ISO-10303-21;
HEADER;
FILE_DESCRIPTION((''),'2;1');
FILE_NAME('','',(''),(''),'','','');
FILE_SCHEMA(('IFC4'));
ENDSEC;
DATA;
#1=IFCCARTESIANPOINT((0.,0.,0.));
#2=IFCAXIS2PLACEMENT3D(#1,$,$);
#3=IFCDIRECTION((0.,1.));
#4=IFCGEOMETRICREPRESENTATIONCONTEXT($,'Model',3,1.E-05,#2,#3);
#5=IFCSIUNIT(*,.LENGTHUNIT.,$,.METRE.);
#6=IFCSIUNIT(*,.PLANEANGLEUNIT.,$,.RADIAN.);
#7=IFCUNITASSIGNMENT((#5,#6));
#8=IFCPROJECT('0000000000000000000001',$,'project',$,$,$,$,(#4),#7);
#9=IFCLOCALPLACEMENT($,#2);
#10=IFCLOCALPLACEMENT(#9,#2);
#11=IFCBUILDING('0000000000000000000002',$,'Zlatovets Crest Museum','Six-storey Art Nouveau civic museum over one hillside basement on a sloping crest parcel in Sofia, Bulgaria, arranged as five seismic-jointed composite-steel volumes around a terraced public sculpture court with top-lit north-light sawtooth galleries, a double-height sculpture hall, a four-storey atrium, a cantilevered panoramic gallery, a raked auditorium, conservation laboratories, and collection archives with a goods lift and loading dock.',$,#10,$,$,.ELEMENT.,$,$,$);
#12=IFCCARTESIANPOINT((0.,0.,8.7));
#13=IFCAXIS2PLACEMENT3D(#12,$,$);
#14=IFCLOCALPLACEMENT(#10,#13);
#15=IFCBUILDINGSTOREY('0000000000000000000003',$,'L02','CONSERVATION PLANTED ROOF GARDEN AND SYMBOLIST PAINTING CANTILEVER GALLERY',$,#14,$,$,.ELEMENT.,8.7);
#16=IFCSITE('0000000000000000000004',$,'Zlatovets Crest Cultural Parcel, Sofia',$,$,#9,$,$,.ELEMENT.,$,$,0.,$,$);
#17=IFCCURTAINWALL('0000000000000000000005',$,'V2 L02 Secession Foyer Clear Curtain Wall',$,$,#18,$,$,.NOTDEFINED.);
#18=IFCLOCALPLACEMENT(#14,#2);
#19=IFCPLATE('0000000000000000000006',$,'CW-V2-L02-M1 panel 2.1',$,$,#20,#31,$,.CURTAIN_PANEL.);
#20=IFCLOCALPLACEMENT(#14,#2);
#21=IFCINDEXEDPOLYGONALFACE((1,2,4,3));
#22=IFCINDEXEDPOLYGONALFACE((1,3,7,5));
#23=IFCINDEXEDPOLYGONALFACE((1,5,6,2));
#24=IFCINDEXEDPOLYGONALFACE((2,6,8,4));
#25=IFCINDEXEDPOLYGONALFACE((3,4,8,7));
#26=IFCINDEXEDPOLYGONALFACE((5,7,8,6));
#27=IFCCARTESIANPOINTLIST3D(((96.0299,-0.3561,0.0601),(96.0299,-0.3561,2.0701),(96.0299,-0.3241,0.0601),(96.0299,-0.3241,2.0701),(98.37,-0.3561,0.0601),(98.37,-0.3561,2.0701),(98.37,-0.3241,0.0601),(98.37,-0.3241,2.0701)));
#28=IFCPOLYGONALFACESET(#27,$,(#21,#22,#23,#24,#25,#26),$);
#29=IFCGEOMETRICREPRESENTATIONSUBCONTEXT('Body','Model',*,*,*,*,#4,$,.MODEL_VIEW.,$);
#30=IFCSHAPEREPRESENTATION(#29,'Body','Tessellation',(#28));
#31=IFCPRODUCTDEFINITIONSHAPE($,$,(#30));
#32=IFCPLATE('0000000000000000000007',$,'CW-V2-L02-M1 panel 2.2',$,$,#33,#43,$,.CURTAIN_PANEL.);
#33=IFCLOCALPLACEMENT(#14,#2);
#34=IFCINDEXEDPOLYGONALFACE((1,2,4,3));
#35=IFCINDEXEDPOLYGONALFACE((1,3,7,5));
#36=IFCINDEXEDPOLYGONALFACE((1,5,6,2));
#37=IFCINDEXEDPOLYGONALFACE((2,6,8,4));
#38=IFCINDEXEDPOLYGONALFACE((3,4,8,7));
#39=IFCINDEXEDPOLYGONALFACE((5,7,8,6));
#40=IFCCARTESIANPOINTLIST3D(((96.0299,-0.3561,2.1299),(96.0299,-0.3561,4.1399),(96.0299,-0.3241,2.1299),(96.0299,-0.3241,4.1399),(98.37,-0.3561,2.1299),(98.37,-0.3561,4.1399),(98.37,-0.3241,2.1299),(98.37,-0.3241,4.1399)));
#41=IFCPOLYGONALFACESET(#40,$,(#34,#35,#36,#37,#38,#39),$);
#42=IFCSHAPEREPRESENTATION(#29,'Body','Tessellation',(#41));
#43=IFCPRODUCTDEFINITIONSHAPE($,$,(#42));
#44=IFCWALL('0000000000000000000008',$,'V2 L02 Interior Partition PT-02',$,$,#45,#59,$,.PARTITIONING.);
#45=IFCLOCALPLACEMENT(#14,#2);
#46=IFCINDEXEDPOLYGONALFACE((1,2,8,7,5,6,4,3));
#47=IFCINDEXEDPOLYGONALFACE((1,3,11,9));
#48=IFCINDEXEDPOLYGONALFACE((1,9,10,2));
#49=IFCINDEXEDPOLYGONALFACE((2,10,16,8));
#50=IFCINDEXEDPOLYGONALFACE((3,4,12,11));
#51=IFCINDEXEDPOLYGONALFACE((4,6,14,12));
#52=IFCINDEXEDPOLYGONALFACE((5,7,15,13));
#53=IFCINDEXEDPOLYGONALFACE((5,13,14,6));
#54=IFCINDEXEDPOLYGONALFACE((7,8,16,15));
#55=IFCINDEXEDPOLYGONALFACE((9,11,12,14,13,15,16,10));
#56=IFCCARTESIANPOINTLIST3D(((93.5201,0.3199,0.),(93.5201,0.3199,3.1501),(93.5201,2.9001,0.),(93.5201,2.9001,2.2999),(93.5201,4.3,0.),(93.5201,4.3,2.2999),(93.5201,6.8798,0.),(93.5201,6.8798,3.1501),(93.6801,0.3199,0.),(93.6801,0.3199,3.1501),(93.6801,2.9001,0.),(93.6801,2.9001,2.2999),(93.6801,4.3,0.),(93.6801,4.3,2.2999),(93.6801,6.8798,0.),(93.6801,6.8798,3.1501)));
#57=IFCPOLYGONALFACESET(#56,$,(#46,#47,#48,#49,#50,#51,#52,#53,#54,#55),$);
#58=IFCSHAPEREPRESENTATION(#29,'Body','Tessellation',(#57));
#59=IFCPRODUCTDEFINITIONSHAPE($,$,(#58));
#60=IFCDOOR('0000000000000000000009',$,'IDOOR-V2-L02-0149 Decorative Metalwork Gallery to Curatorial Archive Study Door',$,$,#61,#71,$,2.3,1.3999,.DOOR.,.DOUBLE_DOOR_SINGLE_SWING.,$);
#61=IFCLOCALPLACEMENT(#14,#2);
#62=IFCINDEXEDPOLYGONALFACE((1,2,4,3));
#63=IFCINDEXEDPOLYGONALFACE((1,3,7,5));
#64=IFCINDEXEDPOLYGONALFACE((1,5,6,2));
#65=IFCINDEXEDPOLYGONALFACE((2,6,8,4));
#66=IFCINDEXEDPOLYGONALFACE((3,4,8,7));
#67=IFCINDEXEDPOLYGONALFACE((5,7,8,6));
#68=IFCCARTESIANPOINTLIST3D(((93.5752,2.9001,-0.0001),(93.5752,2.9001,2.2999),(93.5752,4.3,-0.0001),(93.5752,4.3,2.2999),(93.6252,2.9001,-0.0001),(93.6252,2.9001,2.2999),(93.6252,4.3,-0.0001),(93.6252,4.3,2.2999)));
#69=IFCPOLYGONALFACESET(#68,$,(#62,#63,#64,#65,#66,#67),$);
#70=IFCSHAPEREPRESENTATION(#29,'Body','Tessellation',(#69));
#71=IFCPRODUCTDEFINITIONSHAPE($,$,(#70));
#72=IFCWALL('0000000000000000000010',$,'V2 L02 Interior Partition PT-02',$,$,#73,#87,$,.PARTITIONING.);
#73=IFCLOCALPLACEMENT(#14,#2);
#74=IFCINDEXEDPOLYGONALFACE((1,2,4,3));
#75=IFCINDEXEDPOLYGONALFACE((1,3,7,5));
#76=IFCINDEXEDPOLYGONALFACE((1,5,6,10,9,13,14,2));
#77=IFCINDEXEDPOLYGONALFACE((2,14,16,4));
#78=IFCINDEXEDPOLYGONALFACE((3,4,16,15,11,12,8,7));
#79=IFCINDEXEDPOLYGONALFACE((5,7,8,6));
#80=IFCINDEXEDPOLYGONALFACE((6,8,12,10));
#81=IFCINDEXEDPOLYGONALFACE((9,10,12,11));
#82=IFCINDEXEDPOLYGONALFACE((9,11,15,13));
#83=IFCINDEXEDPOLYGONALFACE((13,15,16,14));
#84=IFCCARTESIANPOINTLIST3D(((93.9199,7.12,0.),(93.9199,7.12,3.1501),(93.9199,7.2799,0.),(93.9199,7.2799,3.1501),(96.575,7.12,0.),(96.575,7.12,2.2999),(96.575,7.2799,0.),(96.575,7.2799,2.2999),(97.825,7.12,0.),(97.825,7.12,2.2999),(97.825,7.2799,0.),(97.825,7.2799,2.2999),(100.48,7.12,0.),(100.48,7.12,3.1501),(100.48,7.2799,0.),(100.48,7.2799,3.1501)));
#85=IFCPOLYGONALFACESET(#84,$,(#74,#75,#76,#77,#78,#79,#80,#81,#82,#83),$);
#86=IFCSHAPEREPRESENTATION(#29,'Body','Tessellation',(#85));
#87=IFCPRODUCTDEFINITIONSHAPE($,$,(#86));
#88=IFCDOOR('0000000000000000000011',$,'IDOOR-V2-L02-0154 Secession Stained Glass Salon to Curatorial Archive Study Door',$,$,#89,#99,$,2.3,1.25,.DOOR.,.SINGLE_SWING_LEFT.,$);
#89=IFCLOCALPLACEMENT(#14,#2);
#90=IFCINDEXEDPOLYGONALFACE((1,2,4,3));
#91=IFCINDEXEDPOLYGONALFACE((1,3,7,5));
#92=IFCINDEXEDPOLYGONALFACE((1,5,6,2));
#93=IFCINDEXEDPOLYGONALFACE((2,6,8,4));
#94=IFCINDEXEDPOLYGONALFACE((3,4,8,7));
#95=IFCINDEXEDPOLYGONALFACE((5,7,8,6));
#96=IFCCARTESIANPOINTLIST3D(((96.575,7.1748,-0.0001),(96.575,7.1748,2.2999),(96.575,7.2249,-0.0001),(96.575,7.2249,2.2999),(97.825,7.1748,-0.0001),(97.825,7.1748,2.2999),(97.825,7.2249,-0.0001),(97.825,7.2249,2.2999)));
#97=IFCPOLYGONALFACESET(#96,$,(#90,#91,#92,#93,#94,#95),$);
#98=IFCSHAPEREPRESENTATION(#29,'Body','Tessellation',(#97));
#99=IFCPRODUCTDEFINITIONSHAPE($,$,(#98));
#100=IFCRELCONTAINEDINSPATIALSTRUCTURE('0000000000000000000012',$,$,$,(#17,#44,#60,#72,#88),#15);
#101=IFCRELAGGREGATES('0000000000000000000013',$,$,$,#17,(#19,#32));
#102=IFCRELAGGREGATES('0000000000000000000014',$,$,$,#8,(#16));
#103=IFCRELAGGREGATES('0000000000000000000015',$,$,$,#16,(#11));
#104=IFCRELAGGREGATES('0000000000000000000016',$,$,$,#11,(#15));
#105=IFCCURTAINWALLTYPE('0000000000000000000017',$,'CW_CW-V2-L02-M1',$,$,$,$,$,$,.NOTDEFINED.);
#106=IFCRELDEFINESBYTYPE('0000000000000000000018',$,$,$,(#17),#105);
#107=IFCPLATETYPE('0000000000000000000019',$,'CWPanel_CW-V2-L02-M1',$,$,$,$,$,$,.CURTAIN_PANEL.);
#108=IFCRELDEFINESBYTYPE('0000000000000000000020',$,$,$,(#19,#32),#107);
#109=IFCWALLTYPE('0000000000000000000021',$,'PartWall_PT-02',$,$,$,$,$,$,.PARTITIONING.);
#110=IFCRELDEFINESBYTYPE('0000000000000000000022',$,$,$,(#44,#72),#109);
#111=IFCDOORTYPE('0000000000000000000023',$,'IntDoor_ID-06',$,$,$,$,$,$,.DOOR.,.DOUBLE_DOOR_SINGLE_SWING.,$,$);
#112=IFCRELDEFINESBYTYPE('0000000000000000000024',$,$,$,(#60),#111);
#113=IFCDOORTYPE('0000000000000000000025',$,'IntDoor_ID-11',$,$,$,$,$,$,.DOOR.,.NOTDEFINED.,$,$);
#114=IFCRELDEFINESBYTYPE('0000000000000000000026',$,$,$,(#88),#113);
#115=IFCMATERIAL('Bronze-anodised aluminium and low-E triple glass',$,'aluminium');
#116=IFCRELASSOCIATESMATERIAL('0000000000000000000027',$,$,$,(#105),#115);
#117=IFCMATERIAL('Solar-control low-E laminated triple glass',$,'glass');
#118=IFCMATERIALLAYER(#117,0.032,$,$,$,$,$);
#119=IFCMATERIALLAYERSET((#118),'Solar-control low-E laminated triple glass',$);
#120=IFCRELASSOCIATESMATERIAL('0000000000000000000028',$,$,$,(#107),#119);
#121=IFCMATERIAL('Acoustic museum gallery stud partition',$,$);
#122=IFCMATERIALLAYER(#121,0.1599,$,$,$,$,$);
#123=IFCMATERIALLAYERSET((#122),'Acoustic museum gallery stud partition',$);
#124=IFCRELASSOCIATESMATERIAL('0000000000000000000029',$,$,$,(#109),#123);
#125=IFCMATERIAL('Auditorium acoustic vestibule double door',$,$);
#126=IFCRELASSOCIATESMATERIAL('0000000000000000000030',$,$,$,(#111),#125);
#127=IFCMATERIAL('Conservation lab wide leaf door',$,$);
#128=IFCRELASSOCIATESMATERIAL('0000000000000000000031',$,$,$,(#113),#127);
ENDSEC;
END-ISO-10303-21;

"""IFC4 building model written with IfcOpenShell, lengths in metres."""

from ifc_helpers import new_model, si_unit, direction, frame, frame_2d, origin, origin_2d, place, context, subcontext, project, spatial, rectangle, extrude, material, layer, layer_set, type_object, element, fill, aggregate, save


model = new_model("IFC4")

# Units and contexts
model_context = context("Model", 3, precision=1e-05, world=origin(), true_north=direction((0.0, 1.0)))
body_context = subcontext(model_context, "Body", "Model", "MODEL_VIEW")
ifc_project = project(units=[si_unit("LENGTHUNIT", "METRE"), si_unit("PLANEANGLEUNIT", "RADIAN")], contexts=[model_context])

# Site, building, storey
site_placement = place(None, origin())
site = spatial("IfcSite", under=ifc_project, at=site_placement, Name="Zlatovets Crest Cultural Parcel, Sofia", CompositionType="ELEMENT", RefElevation=0.0)
building_placement = place(site_placement, origin())
building = spatial("IfcBuilding", under=site, at=building_placement, Name="Zlatovets Crest Museum", Description="Six-storey Art Nouveau civic museum over one hillside basement on a sloping crest parcel in Sofia, Bulgaria, arranged as five seismic-jointed composite-steel volumes around a terraced public sculpture court with top-lit north-light sawtooth galleries, a double-height sculpture hall, a four-storey atrium, a cantilevered panoramic gallery, a raked auditorium, conservation laboratories, and collection archives with a goods lift and loading dock.", CompositionType="ELEMENT")
storey_placement = place(building_placement, frame((0.0, 0.0, 8.7)))
storey = spatial("IfcBuildingStorey", under=building, at=storey_placement, Name="L02", Description="CONSERVATION PLANTED ROOF GARDEN AND SYMBOLIST PAINTING CANTILEVER GALLERY", CompositionType="ELEMENT", Elevation=8.7)

# Curtain wall, plates
ifc_material_1 = material(Name="Bronze-anodised aluminium and low-E triple glass", Category="aluminium")
curtain_wall_type = type_object("IfcCurtainWallType", Name="CW_CW-V2-L02-M1", PredefinedType="NOTDEFINED", material=ifc_material_1)
curtain_wall_placement = place(storey_placement, origin())
curtain_wall = element("IfcCurtainWall", 1, at=curtain_wall_placement, inside=storey, type_object=curtain_wall_type, Name="V2 L02 Secession Foyer Clear Curtain Wall", PredefinedType="NOTDEFINED")
ifc_material_2 = material(Name="Solar-control low-E laminated triple glass", Category="glass")
ifc_layer_1 = layer(ifc_material_2, 0.032)
ifc_layer_set_1 = layer_set([ifc_layer_1], Name="Solar-control low-E laminated triple glass")
plate_type = type_object("IfcPlateType", Name="CWPanel_CW-V2-L02-M1", PredefinedType="CURTAIN_PANEL", material=ifc_layer_set_1)
plate_1_placement = place(storey_placement, frame((97.2, -0.3401, 0.0601), z_axis=(0.0, 0.0, 1.0), x_axis=(1.0, 0.0, 0.0)))
plate_1 = element("IfcPlate", 2, at=plate_1_placement, type_object=plate_type, Name="CW-V2-L02-M1 panel 2.1", PredefinedType="CURTAIN_PANEL", context=body_context, shape_type="SweptSolid", body=[
    extrude(rectangle(XDim=2.3401, YDim=0.032, at=origin_2d()), origin(), (0.0, 0.0, 1.0), 2.01),
])
plate_2_placement = place(storey_placement, frame((97.2, -0.3401, 2.1299), z_axis=(0.0, 0.0, 1.0), x_axis=(1.0, 0.0, 0.0)))
plate_2 = element("IfcPlate", 3, at=plate_2_placement, type_object=plate_type, Name="CW-V2-L02-M1 panel 2.2", PredefinedType="CURTAIN_PANEL", context=body_context, shape_type="SweptSolid", body=[
    extrude(rectangle(XDim=2.3401, YDim=0.032, at=origin_2d()), origin(), (0.0, 0.0, 1.0), 2.01),
])
aggregate(curtain_wall, [plate_1, plate_2])

# Walls, openings, doors
ifc_material_3 = material(Name="Acoustic museum gallery stud partition")
ifc_layer_2 = layer(ifc_material_3, 0.1599)
ifc_layer_set_2 = layer_set([ifc_layer_2], Name="Acoustic museum gallery stud partition")
wall_type = type_object("IfcWallType", Name="PartWall_PT-02", PredefinedType="PARTITIONING", material=ifc_layer_set_2)
wall_1_placement = place(storey_placement, frame((93.6001, 0.3201, 0.0), z_axis=(0.0, 0.0, 1.0), x_axis=(0.0, 1.0, 0.0)))
wall_1 = element("IfcWall", 4, at=wall_1_placement, inside=storey, type_object=wall_type, Name="V2 L02 Interior Partition PT-02", PredefinedType="PARTITIONING", context=body_context, shape_type="SweptSolid", body=[
    extrude(rectangle(XDim=6.5598, YDim=0.1599, at=frame_2d((3.2798, 0.0))), origin(), (0.0, 0.0, 1.0), 3.1501),
])
opening_1_placement = place(wall_1_placement, frame((2.5801, 0.0, 0.0)))
opening_1 = element("IfcOpeningElement", 5, at=opening_1_placement, cuts=wall_1, PredefinedType="OPENING", context=body_context, shape_type="SweptSolid", body=[
    extrude(rectangle(XDim=1.3999, YDim=2.3, at=frame_2d((0.7, 1.1499))), frame((0.0, 0.0898, 0.0), z_axis=(0.0, -1.0, 0.0), x_axis=(1.0, 0.0, 0.0)), (0.0, 0.0, 1.0), 0.1799),
])
ifc_material_4 = material(Name="Auditorium acoustic vestibule double door")
door_type_1 = type_object("IfcDoorType", Name="IntDoor_ID-06", OperationType="DOUBLE_DOOR_SINGLE_SWING", PredefinedType="DOOR", material=ifc_material_4)
door_1_placement = place(opening_1_placement, origin())
door_1 = element("IfcDoor", 6, at=door_1_placement, inside=storey, type_object=door_type_1, Name="IDOOR-V2-L02-0149 Decorative Metalwork Gallery to Curatorial Archive Study Door", OperationType="DOUBLE_DOOR_SINGLE_SWING", OverallHeight=2.3, OverallWidth=1.3999, PredefinedType="DOOR", context=body_context, shape_type="SweptSolid", body=[
    extrude(rectangle(XDim=1.3999, YDim=2.3, at=frame_2d((0.7, 1.1499))), frame((0.0, 0.0249, 0.0), z_axis=(0.0, -1.0, 0.0), x_axis=(1.0, 0.0, 0.0)), (0.0, 0.0, 1.0), 0.05),
])
fill(opening_1, door_1)
wall_2_placement = place(storey_placement, frame((93.9199, 7.2, 0.0), z_axis=(0.0, 0.0, 1.0), x_axis=(1.0, 0.0, 0.0)))
wall_2 = element("IfcWall", 7, at=wall_2_placement, inside=storey, type_object=wall_type, Name="V2 L02 Interior Partition PT-02", PredefinedType="PARTITIONING", context=body_context, shape_type="SweptSolid", body=[
    extrude(rectangle(XDim=6.5601, YDim=0.1599, at=frame_2d((3.28, 0.0))), origin(), (0.0, 0.0, 1.0), 3.1501),
])
opening_2_placement = place(wall_2_placement, frame((2.655, 0.0, 0.0)))
opening_2 = element("IfcOpeningElement", 8, at=opening_2_placement, cuts=wall_2, PredefinedType="OPENING", context=body_context, shape_type="SweptSolid", body=[
    extrude(rectangle(XDim=1.25, YDim=2.3, at=frame_2d((0.625, 1.1499))), frame((0.0, 0.0898, 0.0), z_axis=(0.0, -1.0, 0.0), x_axis=(1.0, 0.0, 0.0)), (0.0, 0.0, 1.0), 0.1799),
])
ifc_material_5 = material(Name="Conservation lab wide leaf door")
door_type_2 = type_object("IfcDoorType", Name="IntDoor_ID-11", OperationType="NOTDEFINED", PredefinedType="DOOR", material=ifc_material_5)
door_2_placement = place(opening_2_placement, origin())
door_2 = element("IfcDoor", 9, at=door_2_placement, inside=storey, type_object=door_type_2, Name="IDOOR-V2-L02-0154 Secession Stained Glass Salon to Curatorial Archive Study Door", OperationType="SINGLE_SWING_LEFT", OverallHeight=2.3, OverallWidth=1.25, PredefinedType="DOOR", context=body_context, shape_type="SweptSolid", body=[
    extrude(rectangle(XDim=1.25, YDim=2.3, at=frame_2d((0.625, 1.1499))), frame((0.0, 0.0249, 0.0), z_axis=(0.0, -1.0, 0.0), x_axis=(1.0, 0.0, 0.0)), (0.0, 0.0, 1.0), 0.05),
])
fill(opening_2, door_2)

save(model, "model.ifc")
